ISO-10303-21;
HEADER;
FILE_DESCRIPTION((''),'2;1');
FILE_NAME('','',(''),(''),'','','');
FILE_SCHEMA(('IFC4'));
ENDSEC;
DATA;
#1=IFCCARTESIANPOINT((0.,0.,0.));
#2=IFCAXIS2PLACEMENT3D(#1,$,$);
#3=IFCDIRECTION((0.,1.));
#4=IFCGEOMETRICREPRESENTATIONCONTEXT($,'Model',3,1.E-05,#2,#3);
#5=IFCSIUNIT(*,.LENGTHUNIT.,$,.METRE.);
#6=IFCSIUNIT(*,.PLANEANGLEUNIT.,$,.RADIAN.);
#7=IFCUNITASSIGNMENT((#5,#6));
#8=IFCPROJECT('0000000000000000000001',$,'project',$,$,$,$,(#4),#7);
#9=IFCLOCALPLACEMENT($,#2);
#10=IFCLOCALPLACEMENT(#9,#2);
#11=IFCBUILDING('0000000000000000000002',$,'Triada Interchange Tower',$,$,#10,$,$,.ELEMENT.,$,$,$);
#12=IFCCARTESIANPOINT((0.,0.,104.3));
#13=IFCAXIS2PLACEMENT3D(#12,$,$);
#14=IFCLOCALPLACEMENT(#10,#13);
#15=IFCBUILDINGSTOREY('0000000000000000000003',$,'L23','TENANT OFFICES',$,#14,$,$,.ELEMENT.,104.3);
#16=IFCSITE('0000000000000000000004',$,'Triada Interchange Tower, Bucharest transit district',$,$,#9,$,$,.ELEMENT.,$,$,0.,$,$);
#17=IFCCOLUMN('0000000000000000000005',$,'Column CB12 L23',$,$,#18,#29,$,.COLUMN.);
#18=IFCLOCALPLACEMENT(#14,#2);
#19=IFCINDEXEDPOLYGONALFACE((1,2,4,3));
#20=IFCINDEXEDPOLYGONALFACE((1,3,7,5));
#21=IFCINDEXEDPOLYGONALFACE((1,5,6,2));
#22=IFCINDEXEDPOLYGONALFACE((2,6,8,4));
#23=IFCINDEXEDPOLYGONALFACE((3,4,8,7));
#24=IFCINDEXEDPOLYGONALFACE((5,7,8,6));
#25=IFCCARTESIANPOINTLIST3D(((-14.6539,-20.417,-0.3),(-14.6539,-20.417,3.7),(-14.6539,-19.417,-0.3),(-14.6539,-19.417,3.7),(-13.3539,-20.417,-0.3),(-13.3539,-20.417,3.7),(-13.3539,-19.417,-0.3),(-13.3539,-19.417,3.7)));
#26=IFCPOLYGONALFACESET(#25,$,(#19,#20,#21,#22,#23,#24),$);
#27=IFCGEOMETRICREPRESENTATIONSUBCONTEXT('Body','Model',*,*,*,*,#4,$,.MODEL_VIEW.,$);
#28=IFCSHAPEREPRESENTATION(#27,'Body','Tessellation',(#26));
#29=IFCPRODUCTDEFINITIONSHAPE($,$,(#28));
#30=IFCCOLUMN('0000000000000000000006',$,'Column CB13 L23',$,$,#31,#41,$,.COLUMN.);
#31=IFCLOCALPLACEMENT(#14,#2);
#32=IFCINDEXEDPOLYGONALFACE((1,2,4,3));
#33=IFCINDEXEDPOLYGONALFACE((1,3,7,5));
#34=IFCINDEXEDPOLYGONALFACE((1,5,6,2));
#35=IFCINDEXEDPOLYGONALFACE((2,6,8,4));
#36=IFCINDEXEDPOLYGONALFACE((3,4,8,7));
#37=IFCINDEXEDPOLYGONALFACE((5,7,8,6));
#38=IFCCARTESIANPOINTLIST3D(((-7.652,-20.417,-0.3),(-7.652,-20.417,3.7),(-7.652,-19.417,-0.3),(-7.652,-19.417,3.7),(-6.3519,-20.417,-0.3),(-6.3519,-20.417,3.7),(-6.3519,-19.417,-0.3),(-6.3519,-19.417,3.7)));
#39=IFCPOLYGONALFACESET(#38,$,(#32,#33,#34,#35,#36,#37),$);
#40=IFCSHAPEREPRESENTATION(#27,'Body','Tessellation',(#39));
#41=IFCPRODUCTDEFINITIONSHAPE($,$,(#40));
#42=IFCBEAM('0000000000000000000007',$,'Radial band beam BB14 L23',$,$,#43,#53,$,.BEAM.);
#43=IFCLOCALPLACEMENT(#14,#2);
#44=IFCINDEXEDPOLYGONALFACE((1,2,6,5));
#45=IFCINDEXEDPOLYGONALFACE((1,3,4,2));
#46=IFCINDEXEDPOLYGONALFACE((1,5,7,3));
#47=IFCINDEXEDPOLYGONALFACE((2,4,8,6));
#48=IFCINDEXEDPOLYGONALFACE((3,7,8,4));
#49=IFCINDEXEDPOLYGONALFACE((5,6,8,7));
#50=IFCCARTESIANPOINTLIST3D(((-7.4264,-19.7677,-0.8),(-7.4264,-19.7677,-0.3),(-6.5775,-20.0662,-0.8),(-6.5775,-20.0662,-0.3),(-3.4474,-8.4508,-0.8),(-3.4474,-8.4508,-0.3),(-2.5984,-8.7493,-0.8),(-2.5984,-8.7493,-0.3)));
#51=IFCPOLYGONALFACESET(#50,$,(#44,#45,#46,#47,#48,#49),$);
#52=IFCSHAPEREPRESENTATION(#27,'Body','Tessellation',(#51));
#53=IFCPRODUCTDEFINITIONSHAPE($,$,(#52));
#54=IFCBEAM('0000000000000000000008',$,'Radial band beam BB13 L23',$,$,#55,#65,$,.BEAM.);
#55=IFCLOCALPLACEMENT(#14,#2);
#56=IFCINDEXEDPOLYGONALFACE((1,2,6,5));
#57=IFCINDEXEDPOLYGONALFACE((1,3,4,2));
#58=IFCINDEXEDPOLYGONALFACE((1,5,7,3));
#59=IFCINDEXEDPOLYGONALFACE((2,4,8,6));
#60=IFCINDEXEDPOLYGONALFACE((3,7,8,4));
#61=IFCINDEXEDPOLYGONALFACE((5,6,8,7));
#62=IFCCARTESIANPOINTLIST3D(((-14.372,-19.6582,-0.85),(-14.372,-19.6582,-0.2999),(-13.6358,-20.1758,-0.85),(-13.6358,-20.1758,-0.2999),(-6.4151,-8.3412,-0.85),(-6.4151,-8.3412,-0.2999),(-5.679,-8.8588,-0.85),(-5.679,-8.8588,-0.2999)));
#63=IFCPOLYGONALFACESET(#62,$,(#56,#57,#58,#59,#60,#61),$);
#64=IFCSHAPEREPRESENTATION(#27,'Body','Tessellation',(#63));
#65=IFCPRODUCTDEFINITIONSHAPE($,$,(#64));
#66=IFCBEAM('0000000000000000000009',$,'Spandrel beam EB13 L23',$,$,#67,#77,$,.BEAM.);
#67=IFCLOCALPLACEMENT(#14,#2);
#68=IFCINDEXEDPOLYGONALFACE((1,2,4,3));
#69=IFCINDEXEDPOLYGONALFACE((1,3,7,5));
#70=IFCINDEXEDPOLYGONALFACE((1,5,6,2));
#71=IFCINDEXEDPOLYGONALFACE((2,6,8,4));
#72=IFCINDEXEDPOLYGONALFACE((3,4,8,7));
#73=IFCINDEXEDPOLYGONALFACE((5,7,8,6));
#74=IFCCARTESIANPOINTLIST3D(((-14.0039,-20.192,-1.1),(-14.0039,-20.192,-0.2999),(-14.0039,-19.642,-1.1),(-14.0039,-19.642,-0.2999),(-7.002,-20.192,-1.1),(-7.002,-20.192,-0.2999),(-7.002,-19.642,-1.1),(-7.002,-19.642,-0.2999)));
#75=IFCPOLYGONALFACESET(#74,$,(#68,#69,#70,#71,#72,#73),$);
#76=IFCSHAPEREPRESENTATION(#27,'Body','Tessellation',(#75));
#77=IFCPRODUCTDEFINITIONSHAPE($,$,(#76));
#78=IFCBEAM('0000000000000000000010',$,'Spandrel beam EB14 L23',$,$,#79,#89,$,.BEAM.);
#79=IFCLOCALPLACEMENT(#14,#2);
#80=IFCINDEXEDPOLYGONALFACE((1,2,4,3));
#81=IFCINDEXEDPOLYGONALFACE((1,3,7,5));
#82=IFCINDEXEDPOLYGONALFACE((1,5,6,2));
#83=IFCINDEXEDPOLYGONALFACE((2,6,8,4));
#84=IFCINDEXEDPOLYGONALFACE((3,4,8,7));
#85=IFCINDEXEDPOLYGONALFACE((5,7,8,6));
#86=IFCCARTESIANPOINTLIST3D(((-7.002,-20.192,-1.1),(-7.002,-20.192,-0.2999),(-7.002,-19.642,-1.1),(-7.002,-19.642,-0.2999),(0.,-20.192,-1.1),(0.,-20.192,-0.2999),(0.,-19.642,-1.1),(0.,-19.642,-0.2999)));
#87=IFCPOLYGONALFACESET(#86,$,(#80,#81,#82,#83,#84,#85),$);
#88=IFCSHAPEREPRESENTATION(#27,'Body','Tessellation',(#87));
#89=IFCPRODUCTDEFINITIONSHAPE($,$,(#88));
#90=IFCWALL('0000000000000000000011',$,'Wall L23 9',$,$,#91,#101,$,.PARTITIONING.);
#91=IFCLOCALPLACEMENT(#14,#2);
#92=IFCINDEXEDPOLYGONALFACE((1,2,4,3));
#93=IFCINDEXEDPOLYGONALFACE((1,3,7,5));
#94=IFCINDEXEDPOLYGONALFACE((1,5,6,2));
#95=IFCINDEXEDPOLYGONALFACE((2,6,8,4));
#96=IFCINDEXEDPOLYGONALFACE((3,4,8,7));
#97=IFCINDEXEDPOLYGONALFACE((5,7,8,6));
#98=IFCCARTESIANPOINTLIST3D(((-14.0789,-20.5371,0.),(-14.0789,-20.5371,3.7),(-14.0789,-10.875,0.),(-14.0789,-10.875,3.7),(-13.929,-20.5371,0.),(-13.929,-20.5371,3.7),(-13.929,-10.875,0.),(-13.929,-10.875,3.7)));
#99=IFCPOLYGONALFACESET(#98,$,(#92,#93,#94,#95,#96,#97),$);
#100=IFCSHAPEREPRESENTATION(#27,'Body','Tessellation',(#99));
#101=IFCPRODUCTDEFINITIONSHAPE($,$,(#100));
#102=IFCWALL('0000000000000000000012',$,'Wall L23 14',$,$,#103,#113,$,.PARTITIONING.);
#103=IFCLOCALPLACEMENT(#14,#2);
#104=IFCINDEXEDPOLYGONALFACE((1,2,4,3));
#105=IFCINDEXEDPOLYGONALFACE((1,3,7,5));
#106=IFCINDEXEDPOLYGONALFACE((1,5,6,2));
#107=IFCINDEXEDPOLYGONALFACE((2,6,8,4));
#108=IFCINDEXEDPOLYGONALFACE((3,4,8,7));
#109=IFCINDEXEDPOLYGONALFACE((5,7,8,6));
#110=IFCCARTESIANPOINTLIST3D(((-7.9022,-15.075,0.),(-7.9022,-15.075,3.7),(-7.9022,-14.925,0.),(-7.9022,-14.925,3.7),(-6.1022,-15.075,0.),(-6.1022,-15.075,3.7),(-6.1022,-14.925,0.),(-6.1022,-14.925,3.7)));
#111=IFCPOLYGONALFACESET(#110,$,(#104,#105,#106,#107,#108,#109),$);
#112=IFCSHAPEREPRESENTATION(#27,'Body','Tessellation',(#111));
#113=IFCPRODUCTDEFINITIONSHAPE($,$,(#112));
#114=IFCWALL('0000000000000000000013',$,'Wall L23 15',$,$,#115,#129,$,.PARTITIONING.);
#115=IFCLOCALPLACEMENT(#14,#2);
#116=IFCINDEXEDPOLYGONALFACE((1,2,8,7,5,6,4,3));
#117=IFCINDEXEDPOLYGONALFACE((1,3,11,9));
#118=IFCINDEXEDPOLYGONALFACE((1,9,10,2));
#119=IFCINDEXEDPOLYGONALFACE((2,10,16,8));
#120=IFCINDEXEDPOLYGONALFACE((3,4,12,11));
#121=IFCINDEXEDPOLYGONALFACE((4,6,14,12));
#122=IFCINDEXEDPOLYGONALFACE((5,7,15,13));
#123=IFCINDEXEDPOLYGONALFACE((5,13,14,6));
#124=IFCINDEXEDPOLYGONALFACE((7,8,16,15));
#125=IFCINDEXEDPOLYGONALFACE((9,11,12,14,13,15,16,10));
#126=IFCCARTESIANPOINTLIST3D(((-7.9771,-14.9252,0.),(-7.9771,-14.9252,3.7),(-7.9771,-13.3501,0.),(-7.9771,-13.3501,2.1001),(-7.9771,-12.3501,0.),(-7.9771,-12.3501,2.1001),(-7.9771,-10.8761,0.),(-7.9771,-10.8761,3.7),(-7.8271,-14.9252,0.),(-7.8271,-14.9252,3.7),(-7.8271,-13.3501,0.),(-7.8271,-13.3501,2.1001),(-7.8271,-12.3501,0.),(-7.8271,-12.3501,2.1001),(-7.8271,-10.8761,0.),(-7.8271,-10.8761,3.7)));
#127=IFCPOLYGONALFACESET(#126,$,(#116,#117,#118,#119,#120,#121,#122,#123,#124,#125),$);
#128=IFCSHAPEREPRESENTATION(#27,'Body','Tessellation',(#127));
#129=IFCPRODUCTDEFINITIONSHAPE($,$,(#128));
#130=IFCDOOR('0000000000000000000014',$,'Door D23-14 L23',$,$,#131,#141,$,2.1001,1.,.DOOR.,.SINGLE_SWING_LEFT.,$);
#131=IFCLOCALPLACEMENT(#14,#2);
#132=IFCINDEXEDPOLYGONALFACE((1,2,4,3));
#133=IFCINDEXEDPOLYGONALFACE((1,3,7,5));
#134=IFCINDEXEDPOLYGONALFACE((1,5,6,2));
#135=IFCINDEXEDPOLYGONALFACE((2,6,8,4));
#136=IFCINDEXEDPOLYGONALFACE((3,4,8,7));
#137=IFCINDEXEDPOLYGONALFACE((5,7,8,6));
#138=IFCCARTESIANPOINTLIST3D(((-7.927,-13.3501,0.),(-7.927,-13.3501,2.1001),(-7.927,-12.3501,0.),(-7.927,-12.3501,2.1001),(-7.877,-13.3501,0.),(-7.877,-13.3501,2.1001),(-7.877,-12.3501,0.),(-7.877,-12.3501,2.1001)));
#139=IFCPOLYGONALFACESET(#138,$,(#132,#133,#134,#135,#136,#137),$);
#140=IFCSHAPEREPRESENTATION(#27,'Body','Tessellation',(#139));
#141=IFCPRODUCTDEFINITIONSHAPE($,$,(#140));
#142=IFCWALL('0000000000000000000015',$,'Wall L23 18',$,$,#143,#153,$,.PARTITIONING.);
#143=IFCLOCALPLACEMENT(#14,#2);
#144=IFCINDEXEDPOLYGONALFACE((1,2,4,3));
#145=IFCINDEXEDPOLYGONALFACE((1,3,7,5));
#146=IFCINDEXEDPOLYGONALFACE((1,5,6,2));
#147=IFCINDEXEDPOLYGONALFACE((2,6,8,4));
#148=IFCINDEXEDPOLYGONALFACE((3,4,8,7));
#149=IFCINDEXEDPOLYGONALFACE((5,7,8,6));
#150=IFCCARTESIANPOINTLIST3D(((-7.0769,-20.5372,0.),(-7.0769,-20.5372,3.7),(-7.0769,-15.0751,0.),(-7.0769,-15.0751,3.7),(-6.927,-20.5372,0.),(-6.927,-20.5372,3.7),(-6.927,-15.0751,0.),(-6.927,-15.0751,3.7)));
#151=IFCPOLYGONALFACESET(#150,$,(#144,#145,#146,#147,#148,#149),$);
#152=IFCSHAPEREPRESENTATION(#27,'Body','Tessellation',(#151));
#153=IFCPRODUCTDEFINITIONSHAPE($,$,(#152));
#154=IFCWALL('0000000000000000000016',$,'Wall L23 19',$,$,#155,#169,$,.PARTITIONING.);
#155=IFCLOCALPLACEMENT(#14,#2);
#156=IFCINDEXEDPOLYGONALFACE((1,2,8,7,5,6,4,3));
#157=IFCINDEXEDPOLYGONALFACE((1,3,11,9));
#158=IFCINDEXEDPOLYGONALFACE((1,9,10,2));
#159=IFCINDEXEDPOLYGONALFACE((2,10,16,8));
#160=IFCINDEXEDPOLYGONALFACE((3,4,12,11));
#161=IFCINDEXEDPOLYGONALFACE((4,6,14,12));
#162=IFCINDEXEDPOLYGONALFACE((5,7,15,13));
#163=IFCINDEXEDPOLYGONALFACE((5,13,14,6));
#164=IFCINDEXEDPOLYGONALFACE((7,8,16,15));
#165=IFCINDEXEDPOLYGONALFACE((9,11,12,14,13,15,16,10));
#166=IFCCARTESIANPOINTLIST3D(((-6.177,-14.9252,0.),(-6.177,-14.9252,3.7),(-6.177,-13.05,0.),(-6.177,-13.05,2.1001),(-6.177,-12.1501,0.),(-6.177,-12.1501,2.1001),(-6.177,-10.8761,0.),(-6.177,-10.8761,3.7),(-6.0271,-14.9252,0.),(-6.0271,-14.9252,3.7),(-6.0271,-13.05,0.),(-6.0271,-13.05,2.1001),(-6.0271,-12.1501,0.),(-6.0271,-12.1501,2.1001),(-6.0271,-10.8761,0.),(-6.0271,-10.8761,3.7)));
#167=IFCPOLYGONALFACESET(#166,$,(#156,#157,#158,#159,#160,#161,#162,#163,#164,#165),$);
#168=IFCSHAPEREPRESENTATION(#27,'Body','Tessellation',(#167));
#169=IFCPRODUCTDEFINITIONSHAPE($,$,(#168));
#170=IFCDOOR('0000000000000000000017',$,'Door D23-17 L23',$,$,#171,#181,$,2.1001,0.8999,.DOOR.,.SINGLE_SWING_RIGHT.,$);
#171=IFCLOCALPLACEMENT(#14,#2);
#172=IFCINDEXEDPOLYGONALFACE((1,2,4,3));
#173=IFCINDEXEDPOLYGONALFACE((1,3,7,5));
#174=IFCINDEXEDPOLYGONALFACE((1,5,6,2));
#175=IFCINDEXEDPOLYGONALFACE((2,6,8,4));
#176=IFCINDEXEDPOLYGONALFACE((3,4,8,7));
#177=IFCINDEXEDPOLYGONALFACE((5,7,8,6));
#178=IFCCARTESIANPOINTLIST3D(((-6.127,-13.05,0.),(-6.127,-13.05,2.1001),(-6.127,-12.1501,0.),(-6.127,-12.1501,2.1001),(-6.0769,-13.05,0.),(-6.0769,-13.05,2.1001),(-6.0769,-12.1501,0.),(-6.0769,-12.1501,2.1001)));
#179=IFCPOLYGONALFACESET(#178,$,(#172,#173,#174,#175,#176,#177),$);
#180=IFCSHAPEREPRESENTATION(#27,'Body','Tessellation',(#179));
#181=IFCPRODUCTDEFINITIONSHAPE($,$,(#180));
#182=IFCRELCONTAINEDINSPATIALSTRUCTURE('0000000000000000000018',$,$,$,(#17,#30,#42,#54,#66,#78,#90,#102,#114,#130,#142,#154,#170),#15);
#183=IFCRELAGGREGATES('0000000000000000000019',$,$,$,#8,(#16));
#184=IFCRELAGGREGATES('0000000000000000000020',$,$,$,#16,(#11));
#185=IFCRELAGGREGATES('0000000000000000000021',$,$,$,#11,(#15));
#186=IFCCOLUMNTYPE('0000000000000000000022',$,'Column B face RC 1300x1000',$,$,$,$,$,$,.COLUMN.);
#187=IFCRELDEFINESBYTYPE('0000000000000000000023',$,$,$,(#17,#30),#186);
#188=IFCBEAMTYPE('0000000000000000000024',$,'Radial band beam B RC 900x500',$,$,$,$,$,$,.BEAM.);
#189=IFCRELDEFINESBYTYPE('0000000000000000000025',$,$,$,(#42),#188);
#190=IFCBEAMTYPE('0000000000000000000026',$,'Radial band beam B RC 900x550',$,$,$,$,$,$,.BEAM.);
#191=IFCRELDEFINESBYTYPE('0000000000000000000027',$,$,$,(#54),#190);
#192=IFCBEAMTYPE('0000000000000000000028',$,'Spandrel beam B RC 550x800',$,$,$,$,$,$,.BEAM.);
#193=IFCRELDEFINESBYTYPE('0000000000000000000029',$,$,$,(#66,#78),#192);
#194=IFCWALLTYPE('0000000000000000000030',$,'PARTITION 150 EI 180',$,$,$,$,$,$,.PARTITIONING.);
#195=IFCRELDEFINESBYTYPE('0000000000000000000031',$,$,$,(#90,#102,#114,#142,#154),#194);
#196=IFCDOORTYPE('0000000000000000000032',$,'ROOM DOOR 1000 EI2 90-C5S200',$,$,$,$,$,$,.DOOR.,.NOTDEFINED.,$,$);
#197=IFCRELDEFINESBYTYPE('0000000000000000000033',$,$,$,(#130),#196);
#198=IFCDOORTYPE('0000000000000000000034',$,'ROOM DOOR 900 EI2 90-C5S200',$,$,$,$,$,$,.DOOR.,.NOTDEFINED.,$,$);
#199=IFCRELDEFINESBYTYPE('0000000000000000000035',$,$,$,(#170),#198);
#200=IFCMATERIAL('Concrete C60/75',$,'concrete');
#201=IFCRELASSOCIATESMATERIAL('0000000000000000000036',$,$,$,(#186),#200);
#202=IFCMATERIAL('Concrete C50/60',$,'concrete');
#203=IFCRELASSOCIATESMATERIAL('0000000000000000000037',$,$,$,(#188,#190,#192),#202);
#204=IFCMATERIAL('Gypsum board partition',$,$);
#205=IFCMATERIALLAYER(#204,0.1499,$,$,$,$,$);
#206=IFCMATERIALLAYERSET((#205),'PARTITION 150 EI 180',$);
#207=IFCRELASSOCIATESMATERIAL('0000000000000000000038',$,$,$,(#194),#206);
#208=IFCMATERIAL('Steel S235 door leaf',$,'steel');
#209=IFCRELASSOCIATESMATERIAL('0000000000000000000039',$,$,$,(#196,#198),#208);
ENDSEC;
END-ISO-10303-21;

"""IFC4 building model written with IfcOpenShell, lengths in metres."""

from ifc_helpers import new_model, si_unit, direction, frame, frame_2d, origin, origin_2d, place, context, subcontext, project, spatial, rectangle, extrude, material, layer, layer_set, material_profile, profile_set, type_object, element, fill, save


model = new_model("IFC4")

# Units and contexts
model_context = context("Model", 3, precision=1e-05, world=origin(), true_north=direction((0.0, 1.0)))
body_context = subcontext(model_context, "Body", "Model", "MODEL_VIEW")
ifc_project = project(units=[si_unit("LENGTHUNIT", "METRE"), si_unit("PLANEANGLEUNIT", "RADIAN")], contexts=[model_context])

# Site, building, storey
site_placement = place(None, origin())
site = spatial("IfcSite", under=ifc_project, at=site_placement, Name="Triada Interchange Tower, Bucharest transit district", CompositionType="ELEMENT", RefElevation=0.0)
building_placement = place(site_placement, origin())
building = spatial("IfcBuilding", under=site, at=building_placement, Name="Triada Interchange Tower", CompositionType="ELEMENT")
storey_placement = place(building_placement, frame((0.0, 0.0, 104.3)))
storey = spatial("IfcBuildingStorey", under=building, at=storey_placement, Name="L23", Description="TENANT OFFICES", CompositionType="ELEMENT", Elevation=104.3)

# Columns
ifc_material_1 = material(Name="Concrete C60/75", Category="concrete")
ifc_material_profile_1 = material_profile(ifc_material_1, rectangle(XDim=1.3, YDim=1.0, at=origin_2d()), Name="RC 1300x1000")
ifc_profile_set_1 = profile_set([ifc_material_profile_1], Name="Concrete C60/75")
column_type = type_object("IfcColumnType", Name="Column B face RC 1300x1000", PredefinedType="COLUMN", material=ifc_profile_set_1)
for number, where, z_axis, x_axis, name in (
    (1, (-14.0039, -19.917, -0.3), (0.0, 0.0, 1.0), (1.0, 0.0, 0.0), "Column CB12 L23"),
    (2, (-7.002, -19.917, -0.3), (0.0, 0.0, 1.0), (1.0, 0.0, 0.0), "Column CB13 L23"),
):
    element("IfcColumn", number, at=place(storey_placement, frame(where, z_axis=z_axis, x_axis=x_axis)), inside=storey, type_object=column_type, Name=name, PredefinedType="COLUMN", context=body_context, shape_type="SweptSolid", body=[
        extrude(rectangle(XDim=1.3, YDim=1.0, at=origin_2d()), origin(), (0.0, 0.0, 1.0), 4.0),
    ])

# Beams
ifc_material_2 = material(Name="Concrete C50/60", Category="concrete")
ifc_material_profile_2 = material_profile(ifc_material_2, rectangle(XDim=0.8999, YDim=0.5, at=origin_2d()), Name="RC 900x500")
ifc_profile_set_2 = profile_set([ifc_material_profile_2], Name="Concrete C50/60")
beam_type_1 = type_object("IfcBeamType", Name="Radial band beam B RC 900x500", PredefinedType="BEAM", material=ifc_profile_set_2)
beam_1_placement = place(storey_placement, frame((-7.002, -19.917, -0.55), z_axis=(0.331694, 0.943387, 0.0), x_axis=(-0.943387, 0.331694, 0.0)))
element("IfcBeam", 3, at=beam_1_placement, inside=storey, type_object=beam_type_1, Name="Radial band beam BB14 L23", PredefinedType="BEAM", context=body_context, shape_type="SweptSolid", body=[
    extrude(rectangle(XDim=0.8999, YDim=0.5, at=origin_2d()), origin(), (0.0, 0.0, 1.0), 11.9961),
])
ifc_material_profile_3 = material_profile(ifc_material_2, rectangle(XDim=0.8999, YDim=0.55, at=origin_2d()), Name="RC 900x550")
ifc_profile_set_3 = profile_set([ifc_material_profile_3], Name="Concrete C50/60")
beam_type_2 = type_object("IfcBeamType", Name="Radial band beam B RC 900x550", PredefinedType="BEAM", material=ifc_profile_set_3)
beam_2_placement = place(storey_placement, frame((-14.0039, -19.917, -0.575), z_axis=(0.575157, 0.818043, 0.0), x_axis=(-0.818043, 0.575157, 0.0)))
element("IfcBeam", 4, at=beam_2_placement, inside=storey, type_object=beam_type_2, Name="Radial band beam BB13 L23", PredefinedType="BEAM", context=body_context, shape_type="SweptSolid", body=[
    extrude(rectangle(XDim=0.8999, YDim=0.55, at=origin_2d()), origin(), (0.0, 0.0, 1.0), 13.8342),
])
ifc_material_profile_4 = material_profile(ifc_material_2, rectangle(XDim=0.55, YDim=0.8, at=origin_2d()), Name="RC 550x800")
ifc_profile_set_4 = profile_set([ifc_material_profile_4], Name="Concrete C50/60")
beam_type_3 = type_object("IfcBeamType", Name="Spandrel beam B RC 550x800", PredefinedType="BEAM", material=ifc_profile_set_4)
for number, where, z_axis, x_axis, name in (
    (5, (-14.0039, -19.917, -0.7), (1.0, 0.0, 0.0), (0.0, 1.0, 0.0), "Spandrel beam EB13 L23"),
    (6, (-7.002, -19.917, -0.7), (1.0, 0.0, 0.0), (0.0, 1.0, 0.0), "Spandrel beam EB14 L23"),
):
    element("IfcBeam", number, at=place(storey_placement, frame(where, z_axis=z_axis, x_axis=x_axis)), inside=storey, type_object=beam_type_3, Name=name, PredefinedType="BEAM", context=body_context, shape_type="SweptSolid", body=[
        extrude(rectangle(XDim=0.55, YDim=0.8, at=origin_2d()), origin(), (0.0, 0.0, 1.0), 7.002),
    ])

# Walls
ifc_material_3 = material(Name="Gypsum board partition")
ifc_layer_1 = layer(ifc_material_3, 0.1499)
ifc_layer_set_1 = layer_set([ifc_layer_1], Name="PARTITION 150 EI 180")
wall_type = type_object("IfcWallType", Name="PARTITION 150 EI 180", PredefinedType="PARTITIONING", material=ifc_layer_set_1)
wall_1_placement = place(storey_placement, frame((-14.0039, -20.5371, 0.0), z_axis=(0.0, 0.0, 1.0), x_axis=(0.0, 1.0, 0.0)))
element("IfcWall", 7, at=wall_1_placement, inside=storey, type_object=wall_type, Name="Wall L23 9", PredefinedType="PARTITIONING", context=body_context, shape_type="SweptSolid", body=[
    extrude(rectangle(XDim=9.6621, YDim=0.1499, at=frame_2d((4.8311, 0.0))), origin(), (0.0, 0.0, 1.0), 3.7),
])
wall_2_placement = place(storey_placement, frame((-7.9021, -15.0, 0.0), z_axis=(0.0, 0.0, 1.0), x_axis=(1.0, 0.0, 0.0)))
element("IfcWall", 8, at=wall_2_placement, inside=storey, type_object=wall_type, Name="Wall L23 14", PredefinedType="PARTITIONING", context=body_context, shape_type="SweptSolid", body=[
    extrude(rectangle(XDim=1.8, YDim=0.1499, at=frame_2d((0.8999, 0.0))), origin(), (0.0, 0.0, 1.0), 3.7),
])

# Wall, opening, door
wall_3_placement = place(storey_placement, frame((-7.9021, -14.925, 0.0), z_axis=(0.0, 0.0, 1.0), x_axis=(0.0, 1.0, 0.0)))
wall_3 = element("IfcWall", 9, at=wall_3_placement, inside=storey, type_object=wall_type, Name="Wall L23 15", PredefinedType="PARTITIONING", context=body_context, shape_type="SweptSolid", body=[
    extrude(rectangle(XDim=4.0491, YDim=0.1499, at=frame_2d((2.0244, 0.0))), origin(), (0.0, 0.0, 1.0), 3.7),
])
opening_1_placement = place(wall_3_placement, frame((1.575, 0.0, 0.0)))
opening_1 = element("IfcOpeningElement", 10, at=opening_1_placement, cuts=wall_3, PredefinedType="OPENING", context=body_context, shape_type="SweptSolid", body=[
    extrude(rectangle(XDim=1.0, YDim=2.1001, at=frame_2d((0.5, 1.05))), frame((0.0, 0.085, 0.0), z_axis=(0.0, -1.0, 0.0), x_axis=(1.0, 0.0, 0.0)), (0.0, 0.0, 1.0), 0.1699),
])
ifc_material_4 = material(Name="Steel S235 door leaf", Category="steel")
door_type_1 = type_object("IfcDoorType", Name="ROOM DOOR 1000 EI2 90-C5S200", OperationType="NOTDEFINED", PredefinedType="DOOR", material=ifc_material_4)
door_1_placement = place(opening_1_placement, origin())
door_1 = element("IfcDoor", 11, at=door_1_placement, inside=storey, type_object=door_type_1, Name="Door D23-14 L23", OperationType="SINGLE_SWING_LEFT", OverallHeight=2.1001, OverallWidth=1.0, PredefinedType="DOOR", context=body_context, shape_type="SweptSolid", body=[
    extrude(rectangle(XDim=1.0, YDim=2.1001, at=frame_2d((0.5, 1.05))), frame((0.0, 0.0249, 0.0), z_axis=(0.0, -1.0, 0.0), x_axis=(1.0, 0.0, 0.0)), (0.0, 0.0, 1.0), 0.05),
])
fill(opening_1, door_1)

# Wall
wall_4_placement = place(storey_placement, frame((-7.002, -20.5371, 0.0), z_axis=(0.0, 0.0, 1.0), x_axis=(0.0, 1.0, 0.0)))
element("IfcWall", 12, at=wall_4_placement, inside=storey, type_object=wall_type, Name="Wall L23 18", PredefinedType="PARTITIONING", context=body_context, shape_type="SweptSolid", body=[
    extrude(rectangle(XDim=5.4622, YDim=0.1499, at=frame_2d((2.731, 0.0))), origin(), (0.0, 0.0, 1.0), 3.7),
])

# Wall, opening, door
wall_5_placement = place(storey_placement, frame((-6.1021, -14.925, 0.0), z_axis=(0.0, 0.0, 1.0), x_axis=(0.0, 1.0, 0.0)))
wall_5 = element("IfcWall", 13, at=wall_5_placement, inside=storey, type_object=wall_type, Name="Wall L23 19", PredefinedType="PARTITIONING", context=body_context, shape_type="SweptSolid", body=[
    extrude(rectangle(XDim=4.0491, YDim=0.1499, at=frame_2d((2.0244, 0.0))), origin(), (0.0, 0.0, 1.0), 3.7),
])
opening_2_placement = place(wall_5_placement, frame((1.875, 0.0, 0.0)))
opening_2 = element("IfcOpeningElement", 14, at=opening_2_placement, cuts=wall_5, PredefinedType="OPENING", context=body_context, shape_type="SweptSolid", body=[
    extrude(rectangle(XDim=0.8999, YDim=2.1001, at=frame_2d((0.45, 1.05))), frame((0.0, 0.085, 0.0), z_axis=(0.0, -1.0, 0.0), x_axis=(1.0, 0.0, 0.0)), (0.0, 0.0, 1.0), 0.1699),
])
door_type_2 = type_object("IfcDoorType", Name="ROOM DOOR 900 EI2 90-C5S200", OperationType="NOTDEFINED", PredefinedType="DOOR", material=ifc_material_4)
door_2_placement = place(opening_2_placement, origin())
door_2 = element("IfcDoor", 15, at=door_2_placement, inside=storey, type_object=door_type_2, Name="Door D23-17 L23", OperationType="SINGLE_SWING_RIGHT", OverallHeight=2.1001, OverallWidth=0.8999, PredefinedType="DOOR", context=body_context, shape_type="SweptSolid", body=[
    extrude(rectangle(XDim=0.8999, YDim=2.1001, at=frame_2d((0.45, 1.05))), frame((0.0, 0.0249, 0.0), z_axis=(0.0, -1.0, 0.0), x_axis=(1.0, 0.0, 0.0)), (0.0, 0.0, 1.0), 0.05),
])
fill(opening_2, door_2)

save(model, "model.ifc")
